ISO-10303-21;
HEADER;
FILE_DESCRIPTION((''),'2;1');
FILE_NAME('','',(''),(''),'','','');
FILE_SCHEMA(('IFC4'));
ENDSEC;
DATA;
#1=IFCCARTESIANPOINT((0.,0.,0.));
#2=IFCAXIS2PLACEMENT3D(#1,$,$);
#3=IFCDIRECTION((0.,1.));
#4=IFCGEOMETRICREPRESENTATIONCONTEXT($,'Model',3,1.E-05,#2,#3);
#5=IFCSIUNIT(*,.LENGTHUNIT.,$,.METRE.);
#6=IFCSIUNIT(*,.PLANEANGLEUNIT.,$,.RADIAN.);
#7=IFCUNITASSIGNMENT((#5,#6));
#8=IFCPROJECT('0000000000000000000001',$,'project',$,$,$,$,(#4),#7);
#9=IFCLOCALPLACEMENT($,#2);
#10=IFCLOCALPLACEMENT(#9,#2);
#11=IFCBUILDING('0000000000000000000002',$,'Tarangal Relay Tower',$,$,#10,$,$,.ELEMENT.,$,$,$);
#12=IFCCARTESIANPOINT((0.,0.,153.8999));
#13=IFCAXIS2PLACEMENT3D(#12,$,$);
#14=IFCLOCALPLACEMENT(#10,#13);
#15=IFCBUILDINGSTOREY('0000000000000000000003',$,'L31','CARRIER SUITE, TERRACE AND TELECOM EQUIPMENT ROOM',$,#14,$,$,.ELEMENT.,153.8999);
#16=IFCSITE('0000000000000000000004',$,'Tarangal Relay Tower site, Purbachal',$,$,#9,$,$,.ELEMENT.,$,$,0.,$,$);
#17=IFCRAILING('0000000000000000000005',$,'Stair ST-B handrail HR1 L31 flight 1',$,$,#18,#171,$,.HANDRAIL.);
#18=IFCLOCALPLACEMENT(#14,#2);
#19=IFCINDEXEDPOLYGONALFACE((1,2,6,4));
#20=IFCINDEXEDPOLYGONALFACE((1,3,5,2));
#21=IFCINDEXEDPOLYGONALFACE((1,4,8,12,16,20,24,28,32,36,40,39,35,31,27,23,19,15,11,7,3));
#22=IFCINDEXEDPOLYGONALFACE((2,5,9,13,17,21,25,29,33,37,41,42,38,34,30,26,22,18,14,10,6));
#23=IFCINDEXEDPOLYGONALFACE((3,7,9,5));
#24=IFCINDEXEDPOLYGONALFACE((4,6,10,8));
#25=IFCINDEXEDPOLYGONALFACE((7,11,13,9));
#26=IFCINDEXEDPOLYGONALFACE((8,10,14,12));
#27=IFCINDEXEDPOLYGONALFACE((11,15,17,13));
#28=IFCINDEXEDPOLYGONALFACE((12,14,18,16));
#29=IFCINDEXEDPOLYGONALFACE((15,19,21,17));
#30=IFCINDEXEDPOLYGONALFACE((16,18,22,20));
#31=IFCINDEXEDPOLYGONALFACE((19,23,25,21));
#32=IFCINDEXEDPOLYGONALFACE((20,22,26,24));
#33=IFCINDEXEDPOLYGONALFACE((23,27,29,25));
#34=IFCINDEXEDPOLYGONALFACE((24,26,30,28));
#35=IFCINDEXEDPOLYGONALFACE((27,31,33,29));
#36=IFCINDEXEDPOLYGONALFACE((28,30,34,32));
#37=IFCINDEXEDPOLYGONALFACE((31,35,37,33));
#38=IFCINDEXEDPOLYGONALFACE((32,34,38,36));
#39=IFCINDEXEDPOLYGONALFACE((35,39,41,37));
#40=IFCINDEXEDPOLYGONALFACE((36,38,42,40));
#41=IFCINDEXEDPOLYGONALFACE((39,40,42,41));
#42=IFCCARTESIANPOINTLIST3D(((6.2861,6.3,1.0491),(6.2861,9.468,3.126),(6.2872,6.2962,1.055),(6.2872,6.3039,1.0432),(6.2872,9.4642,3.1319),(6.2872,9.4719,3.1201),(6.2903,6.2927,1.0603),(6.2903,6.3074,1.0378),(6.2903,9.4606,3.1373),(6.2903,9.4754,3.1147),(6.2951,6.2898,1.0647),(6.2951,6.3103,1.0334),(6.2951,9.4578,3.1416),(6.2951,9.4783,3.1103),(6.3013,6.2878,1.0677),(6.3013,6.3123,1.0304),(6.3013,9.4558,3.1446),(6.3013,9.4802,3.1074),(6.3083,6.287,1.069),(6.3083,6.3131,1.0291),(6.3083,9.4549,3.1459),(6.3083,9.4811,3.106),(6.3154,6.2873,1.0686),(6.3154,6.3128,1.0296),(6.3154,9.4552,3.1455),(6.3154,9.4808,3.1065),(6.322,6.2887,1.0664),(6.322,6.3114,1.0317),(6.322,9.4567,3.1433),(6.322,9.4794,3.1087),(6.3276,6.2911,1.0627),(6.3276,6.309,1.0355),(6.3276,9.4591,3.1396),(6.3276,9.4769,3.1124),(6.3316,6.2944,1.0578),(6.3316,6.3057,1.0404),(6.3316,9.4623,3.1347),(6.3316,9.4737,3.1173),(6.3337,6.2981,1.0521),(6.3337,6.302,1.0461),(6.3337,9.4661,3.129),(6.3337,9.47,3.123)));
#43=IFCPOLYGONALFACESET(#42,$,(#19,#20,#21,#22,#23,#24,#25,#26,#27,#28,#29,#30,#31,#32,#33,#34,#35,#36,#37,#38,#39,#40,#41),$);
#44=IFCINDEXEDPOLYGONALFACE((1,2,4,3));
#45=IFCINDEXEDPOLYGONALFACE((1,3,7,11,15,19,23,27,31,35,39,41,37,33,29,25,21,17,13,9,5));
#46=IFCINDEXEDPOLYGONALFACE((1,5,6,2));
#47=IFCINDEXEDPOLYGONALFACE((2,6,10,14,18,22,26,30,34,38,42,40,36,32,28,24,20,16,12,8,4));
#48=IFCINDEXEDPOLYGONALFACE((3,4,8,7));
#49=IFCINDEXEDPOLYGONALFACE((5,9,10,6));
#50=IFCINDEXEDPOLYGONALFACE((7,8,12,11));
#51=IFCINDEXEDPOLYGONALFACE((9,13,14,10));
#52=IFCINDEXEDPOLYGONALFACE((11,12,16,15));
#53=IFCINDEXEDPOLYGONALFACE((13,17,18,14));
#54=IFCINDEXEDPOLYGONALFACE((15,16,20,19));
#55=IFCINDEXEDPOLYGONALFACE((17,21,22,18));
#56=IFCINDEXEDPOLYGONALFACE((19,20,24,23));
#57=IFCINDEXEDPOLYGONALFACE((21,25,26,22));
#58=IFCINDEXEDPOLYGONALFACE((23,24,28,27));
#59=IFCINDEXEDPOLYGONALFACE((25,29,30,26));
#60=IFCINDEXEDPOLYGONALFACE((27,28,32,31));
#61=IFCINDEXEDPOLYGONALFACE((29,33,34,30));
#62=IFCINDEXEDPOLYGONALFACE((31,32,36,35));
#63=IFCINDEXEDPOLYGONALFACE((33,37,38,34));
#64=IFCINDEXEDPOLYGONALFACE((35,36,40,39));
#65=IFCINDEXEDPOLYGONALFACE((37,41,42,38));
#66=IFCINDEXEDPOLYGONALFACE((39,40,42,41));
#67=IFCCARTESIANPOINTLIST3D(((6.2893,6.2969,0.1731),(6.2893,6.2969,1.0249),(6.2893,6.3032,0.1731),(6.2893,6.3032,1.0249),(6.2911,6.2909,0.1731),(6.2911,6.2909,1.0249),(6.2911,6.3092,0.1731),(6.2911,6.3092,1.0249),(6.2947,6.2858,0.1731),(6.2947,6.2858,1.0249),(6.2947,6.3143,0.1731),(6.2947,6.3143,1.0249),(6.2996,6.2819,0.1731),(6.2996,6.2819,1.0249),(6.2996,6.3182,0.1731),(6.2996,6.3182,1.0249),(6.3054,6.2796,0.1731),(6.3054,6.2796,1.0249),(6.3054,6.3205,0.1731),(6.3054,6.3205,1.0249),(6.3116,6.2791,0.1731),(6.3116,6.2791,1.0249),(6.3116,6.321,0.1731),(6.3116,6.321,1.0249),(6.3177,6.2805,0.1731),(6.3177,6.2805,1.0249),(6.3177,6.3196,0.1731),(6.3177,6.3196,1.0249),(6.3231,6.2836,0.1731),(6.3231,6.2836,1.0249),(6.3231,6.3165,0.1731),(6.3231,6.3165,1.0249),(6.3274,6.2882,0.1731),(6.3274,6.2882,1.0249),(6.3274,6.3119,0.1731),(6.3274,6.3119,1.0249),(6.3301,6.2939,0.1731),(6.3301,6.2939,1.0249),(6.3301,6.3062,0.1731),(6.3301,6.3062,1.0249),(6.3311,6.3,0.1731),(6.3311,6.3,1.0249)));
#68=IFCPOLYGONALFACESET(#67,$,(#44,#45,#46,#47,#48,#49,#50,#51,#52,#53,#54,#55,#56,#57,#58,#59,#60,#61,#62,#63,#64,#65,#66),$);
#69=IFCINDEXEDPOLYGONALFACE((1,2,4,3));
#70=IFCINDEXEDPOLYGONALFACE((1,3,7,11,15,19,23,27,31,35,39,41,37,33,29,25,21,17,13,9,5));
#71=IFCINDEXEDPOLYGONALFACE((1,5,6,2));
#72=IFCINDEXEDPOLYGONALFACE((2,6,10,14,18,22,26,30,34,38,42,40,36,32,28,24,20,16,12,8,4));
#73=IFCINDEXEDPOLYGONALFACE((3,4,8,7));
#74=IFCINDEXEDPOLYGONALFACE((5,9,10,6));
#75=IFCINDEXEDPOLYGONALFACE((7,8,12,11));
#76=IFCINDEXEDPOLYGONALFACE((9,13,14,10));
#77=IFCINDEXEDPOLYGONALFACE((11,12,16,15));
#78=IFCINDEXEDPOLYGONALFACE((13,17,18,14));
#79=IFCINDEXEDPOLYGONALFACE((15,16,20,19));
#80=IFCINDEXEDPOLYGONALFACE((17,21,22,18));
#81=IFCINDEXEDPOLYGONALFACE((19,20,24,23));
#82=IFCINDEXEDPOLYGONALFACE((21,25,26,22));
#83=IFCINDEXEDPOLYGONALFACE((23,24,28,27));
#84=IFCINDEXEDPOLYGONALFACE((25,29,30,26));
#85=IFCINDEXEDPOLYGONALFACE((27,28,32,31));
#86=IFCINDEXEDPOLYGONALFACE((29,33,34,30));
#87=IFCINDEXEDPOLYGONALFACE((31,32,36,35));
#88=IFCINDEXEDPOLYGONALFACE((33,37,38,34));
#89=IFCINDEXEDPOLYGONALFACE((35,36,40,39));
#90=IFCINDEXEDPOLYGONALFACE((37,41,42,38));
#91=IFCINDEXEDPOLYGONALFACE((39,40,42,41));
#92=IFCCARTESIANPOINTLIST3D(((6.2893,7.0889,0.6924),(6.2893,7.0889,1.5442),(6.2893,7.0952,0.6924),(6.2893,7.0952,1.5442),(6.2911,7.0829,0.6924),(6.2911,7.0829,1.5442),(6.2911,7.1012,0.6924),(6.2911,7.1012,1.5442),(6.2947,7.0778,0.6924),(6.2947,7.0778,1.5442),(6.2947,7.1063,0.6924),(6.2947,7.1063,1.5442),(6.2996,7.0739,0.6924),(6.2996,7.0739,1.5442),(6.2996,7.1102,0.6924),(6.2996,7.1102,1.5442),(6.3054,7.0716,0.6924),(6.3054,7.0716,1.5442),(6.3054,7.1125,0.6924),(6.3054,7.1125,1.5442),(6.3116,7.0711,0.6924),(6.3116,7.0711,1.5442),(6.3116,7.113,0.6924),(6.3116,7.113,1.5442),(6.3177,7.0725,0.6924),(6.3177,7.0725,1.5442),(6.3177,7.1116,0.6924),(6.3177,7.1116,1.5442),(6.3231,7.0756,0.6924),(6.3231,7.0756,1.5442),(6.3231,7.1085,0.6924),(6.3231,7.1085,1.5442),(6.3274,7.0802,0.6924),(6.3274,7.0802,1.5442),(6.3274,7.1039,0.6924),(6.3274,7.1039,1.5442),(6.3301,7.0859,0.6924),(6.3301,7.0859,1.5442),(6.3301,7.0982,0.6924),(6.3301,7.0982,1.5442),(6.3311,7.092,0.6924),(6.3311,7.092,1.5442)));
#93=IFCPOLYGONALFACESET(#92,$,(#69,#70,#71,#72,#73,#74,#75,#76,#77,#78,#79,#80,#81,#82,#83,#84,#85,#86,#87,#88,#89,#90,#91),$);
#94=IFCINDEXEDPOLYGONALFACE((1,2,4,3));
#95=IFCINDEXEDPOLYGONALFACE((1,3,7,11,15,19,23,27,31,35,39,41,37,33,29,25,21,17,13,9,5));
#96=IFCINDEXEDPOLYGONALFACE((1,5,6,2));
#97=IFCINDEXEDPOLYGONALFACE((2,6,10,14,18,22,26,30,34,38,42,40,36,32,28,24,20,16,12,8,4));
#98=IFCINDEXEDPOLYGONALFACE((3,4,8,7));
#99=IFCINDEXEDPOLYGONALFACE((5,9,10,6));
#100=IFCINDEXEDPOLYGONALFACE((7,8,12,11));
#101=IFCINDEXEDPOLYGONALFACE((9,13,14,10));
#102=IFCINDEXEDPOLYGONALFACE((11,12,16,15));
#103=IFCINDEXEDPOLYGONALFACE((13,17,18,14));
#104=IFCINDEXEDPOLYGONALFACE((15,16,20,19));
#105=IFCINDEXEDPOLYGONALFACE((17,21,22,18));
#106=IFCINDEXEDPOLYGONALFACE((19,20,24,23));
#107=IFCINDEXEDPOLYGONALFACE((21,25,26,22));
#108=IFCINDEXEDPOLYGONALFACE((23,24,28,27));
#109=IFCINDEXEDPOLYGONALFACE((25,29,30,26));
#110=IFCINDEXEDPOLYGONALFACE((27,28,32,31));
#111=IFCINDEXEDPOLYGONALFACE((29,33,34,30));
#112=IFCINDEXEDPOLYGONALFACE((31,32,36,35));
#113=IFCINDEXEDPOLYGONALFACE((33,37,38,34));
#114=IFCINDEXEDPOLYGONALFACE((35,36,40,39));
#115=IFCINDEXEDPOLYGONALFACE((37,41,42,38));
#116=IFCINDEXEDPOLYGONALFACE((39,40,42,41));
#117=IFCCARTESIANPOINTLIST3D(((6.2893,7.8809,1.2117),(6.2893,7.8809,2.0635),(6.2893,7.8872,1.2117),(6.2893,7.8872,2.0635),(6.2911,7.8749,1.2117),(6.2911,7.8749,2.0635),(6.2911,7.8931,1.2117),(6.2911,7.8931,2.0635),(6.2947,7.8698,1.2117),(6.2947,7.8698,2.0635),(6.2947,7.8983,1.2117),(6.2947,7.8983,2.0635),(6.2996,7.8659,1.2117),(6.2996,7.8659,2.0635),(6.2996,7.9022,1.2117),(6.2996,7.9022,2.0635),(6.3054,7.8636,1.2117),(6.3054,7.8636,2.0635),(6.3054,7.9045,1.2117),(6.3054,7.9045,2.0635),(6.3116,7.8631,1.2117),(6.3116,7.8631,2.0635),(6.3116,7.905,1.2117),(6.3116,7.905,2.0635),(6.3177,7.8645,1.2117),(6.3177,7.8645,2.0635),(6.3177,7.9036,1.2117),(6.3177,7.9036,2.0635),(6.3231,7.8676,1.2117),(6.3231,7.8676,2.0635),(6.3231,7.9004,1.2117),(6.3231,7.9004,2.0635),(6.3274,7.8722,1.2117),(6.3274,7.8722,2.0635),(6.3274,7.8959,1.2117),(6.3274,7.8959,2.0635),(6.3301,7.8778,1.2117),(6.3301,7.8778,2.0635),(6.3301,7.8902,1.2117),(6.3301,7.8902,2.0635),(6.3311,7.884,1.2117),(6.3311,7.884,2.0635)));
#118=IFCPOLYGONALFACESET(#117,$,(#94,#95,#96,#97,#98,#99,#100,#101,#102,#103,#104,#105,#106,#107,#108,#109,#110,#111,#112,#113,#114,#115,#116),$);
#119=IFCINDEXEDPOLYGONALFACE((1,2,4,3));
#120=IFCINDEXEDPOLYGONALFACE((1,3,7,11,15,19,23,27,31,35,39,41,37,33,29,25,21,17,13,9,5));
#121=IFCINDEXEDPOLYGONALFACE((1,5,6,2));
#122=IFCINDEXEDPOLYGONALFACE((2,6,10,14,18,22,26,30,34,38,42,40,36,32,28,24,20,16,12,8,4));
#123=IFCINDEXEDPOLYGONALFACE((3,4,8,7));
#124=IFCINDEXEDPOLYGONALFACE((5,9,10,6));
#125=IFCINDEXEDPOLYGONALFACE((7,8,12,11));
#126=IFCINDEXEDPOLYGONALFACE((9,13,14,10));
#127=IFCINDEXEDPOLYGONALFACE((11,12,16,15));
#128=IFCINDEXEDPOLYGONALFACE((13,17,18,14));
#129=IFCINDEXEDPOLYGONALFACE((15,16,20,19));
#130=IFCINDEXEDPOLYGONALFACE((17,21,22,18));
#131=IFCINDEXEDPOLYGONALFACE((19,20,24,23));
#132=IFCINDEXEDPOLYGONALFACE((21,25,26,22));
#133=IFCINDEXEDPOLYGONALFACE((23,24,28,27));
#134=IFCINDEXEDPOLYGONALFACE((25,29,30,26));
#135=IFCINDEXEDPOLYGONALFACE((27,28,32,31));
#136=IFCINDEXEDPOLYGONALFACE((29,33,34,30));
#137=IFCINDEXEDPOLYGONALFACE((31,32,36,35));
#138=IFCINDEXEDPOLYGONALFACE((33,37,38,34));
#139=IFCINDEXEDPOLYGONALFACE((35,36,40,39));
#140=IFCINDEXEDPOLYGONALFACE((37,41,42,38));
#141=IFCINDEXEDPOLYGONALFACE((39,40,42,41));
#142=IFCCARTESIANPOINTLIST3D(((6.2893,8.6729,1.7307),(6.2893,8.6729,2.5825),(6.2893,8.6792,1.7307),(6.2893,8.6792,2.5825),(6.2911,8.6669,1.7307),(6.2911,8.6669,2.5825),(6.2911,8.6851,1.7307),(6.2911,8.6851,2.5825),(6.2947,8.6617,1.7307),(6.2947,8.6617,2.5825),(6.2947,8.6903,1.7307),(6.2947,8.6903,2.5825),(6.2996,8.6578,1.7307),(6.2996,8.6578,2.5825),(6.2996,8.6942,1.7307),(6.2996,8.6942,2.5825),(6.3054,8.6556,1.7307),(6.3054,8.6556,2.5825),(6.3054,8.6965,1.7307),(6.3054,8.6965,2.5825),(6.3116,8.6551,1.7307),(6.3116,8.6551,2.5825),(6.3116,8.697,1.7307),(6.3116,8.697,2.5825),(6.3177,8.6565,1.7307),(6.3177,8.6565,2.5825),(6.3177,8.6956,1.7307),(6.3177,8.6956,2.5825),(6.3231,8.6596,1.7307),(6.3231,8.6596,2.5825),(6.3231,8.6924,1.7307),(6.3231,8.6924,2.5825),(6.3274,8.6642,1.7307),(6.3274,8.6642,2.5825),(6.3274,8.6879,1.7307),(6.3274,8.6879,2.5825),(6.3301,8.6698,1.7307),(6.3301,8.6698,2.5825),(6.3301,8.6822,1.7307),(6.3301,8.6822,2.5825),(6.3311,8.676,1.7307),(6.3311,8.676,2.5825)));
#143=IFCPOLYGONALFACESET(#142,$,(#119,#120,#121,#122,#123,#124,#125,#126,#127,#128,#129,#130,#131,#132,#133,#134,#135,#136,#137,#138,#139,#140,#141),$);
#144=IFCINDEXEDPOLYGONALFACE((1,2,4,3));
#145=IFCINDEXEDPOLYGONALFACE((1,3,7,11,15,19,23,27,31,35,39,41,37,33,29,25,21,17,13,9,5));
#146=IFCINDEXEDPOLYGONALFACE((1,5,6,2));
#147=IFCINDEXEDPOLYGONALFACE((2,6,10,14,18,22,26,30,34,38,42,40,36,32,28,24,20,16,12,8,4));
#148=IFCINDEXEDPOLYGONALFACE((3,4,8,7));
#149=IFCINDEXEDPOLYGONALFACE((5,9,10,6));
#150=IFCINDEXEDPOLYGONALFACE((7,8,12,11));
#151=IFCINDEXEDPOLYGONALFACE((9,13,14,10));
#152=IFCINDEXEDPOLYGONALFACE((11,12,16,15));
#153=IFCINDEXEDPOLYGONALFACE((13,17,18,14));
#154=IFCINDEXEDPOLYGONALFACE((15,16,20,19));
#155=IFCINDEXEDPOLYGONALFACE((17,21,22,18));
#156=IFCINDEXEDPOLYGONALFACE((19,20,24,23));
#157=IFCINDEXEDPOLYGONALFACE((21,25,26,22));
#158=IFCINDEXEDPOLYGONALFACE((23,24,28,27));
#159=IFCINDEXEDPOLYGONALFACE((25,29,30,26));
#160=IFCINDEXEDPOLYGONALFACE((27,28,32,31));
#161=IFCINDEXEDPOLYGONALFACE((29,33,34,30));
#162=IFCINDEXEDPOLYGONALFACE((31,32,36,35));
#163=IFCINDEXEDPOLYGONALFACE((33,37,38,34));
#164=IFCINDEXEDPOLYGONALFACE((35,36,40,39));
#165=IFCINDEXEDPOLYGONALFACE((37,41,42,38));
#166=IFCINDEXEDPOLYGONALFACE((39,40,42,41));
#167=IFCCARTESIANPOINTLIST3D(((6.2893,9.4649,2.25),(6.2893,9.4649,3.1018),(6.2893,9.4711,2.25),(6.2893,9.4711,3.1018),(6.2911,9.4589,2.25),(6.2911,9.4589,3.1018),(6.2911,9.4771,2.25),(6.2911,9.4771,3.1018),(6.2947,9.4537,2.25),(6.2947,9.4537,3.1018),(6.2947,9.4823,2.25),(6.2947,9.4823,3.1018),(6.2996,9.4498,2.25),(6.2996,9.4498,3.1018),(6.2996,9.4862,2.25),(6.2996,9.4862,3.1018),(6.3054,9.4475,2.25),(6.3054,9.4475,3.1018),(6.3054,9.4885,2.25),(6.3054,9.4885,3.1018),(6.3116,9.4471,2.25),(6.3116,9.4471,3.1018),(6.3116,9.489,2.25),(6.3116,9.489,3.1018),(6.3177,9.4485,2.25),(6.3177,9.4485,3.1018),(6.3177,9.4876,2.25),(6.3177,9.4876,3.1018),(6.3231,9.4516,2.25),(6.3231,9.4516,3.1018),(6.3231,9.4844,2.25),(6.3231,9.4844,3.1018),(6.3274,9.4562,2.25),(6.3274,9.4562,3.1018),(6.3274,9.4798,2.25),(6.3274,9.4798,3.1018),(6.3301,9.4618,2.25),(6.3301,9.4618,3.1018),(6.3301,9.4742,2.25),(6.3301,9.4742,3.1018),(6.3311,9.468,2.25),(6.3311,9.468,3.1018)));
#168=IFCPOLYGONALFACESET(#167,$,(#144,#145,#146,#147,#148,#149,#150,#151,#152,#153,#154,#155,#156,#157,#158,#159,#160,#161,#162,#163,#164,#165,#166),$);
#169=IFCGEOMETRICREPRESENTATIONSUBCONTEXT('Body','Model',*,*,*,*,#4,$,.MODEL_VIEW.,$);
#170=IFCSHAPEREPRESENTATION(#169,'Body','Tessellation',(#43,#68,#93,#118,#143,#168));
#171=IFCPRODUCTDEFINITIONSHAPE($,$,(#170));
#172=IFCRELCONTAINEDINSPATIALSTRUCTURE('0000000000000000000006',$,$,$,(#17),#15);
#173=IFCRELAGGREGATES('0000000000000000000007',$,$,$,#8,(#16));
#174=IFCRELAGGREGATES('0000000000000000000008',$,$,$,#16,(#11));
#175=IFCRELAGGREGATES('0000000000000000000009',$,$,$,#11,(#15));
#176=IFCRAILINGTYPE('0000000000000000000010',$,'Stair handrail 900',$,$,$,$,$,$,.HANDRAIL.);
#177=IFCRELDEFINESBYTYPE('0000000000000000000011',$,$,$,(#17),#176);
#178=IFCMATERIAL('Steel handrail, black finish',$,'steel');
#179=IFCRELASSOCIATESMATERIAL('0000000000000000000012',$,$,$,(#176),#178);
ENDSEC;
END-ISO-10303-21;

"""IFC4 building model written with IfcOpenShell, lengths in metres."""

from ifc_helpers import new_model, si_unit, direction, frame, origin, origin_2d, place, context, subcontext, project, spatial, circle, extrude, material, type_object, element, save


model = new_model("IFC4")

# Units and contexts
model_context = context("Model", 3, precision=1e-05, world=origin(), true_north=direction((0.0, 1.0)))
body_context = subcontext(model_context, "Body", "Model", "MODEL_VIEW")
ifc_project = project(units=[si_unit("LENGTHUNIT", "METRE"), si_unit("PLANEANGLEUNIT", "RADIAN")], contexts=[model_context])

# Site, building, storey
site_placement = place(None, origin())
site = spatial("IfcSite", under=ifc_project, at=site_placement, Name="Tarangal Relay Tower site, Purbachal", CompositionType="ELEMENT", RefElevation=0.0)
building_placement = place(site_placement, origin())
building = spatial("IfcBuilding", under=site, at=building_placement, Name="Tarangal Relay Tower", CompositionType="ELEMENT")
storey_placement = place(building_placement, frame((0.0, 0.0, 153.8999)))
storey = spatial("IfcBuildingStorey", under=building, at=storey_placement, Name="L31", Description="CARRIER SUITE, TERRACE AND TELECOM EQUIPMENT ROOM", CompositionType="ELEMENT", Elevation=153.8999)

# Railing
ifc_material_1 = material(Name="Steel handrail, black finish", Category="steel")
railing_type_1 = type_object("IfcRailingType", Name="Stair handrail 900", PredefinedType="HANDRAIL", material=ifc_material_1)
railing_1_placement = place(storey_placement, frame((6.3101, 6.3, 0.1731)))
element("IfcRailing", 1, at=railing_1_placement, inside=storey, type_object=railing_type_1, Name="Stair ST-B handrail HR1 L31 flight 1", PredefinedType="HANDRAIL", context=body_context, shape_type="SweptSolid", body=[
    extrude(circle(Radius=0.0239, at=origin_2d()), frame((0.0, 0.0, 0.876), z_axis=(0.0, 0.836299, 0.548273), x_axis=(-1.0, 0.0, 0.0)), (0.0, 0.0, 1.0), 3.7881),
    extrude(circle(Radius=0.021, at=origin_2d()), origin(), (0.0, 0.0, 1.0), 0.8518),
    extrude(circle(Radius=0.021, at=origin_2d()), frame((0.0, 0.792, 0.5193)), (0.0, 0.0, 1.0), 0.8518),
    extrude(circle(Radius=0.021, at=origin_2d()), frame((0.0, 1.584, 1.0386)), (0.0, 0.0, 1.0), 0.8518),
    extrude(circle(Radius=0.021, at=origin_2d()), frame((0.0, 2.376, 1.5576)), (0.0, 0.0, 1.0), 0.8518),
    extrude(circle(Radius=0.021, at=origin_2d()), frame((0.0, 3.168, 2.0769)), (0.0, 0.0, 1.0), 0.8518),
])

save(model, "model.ifc")
